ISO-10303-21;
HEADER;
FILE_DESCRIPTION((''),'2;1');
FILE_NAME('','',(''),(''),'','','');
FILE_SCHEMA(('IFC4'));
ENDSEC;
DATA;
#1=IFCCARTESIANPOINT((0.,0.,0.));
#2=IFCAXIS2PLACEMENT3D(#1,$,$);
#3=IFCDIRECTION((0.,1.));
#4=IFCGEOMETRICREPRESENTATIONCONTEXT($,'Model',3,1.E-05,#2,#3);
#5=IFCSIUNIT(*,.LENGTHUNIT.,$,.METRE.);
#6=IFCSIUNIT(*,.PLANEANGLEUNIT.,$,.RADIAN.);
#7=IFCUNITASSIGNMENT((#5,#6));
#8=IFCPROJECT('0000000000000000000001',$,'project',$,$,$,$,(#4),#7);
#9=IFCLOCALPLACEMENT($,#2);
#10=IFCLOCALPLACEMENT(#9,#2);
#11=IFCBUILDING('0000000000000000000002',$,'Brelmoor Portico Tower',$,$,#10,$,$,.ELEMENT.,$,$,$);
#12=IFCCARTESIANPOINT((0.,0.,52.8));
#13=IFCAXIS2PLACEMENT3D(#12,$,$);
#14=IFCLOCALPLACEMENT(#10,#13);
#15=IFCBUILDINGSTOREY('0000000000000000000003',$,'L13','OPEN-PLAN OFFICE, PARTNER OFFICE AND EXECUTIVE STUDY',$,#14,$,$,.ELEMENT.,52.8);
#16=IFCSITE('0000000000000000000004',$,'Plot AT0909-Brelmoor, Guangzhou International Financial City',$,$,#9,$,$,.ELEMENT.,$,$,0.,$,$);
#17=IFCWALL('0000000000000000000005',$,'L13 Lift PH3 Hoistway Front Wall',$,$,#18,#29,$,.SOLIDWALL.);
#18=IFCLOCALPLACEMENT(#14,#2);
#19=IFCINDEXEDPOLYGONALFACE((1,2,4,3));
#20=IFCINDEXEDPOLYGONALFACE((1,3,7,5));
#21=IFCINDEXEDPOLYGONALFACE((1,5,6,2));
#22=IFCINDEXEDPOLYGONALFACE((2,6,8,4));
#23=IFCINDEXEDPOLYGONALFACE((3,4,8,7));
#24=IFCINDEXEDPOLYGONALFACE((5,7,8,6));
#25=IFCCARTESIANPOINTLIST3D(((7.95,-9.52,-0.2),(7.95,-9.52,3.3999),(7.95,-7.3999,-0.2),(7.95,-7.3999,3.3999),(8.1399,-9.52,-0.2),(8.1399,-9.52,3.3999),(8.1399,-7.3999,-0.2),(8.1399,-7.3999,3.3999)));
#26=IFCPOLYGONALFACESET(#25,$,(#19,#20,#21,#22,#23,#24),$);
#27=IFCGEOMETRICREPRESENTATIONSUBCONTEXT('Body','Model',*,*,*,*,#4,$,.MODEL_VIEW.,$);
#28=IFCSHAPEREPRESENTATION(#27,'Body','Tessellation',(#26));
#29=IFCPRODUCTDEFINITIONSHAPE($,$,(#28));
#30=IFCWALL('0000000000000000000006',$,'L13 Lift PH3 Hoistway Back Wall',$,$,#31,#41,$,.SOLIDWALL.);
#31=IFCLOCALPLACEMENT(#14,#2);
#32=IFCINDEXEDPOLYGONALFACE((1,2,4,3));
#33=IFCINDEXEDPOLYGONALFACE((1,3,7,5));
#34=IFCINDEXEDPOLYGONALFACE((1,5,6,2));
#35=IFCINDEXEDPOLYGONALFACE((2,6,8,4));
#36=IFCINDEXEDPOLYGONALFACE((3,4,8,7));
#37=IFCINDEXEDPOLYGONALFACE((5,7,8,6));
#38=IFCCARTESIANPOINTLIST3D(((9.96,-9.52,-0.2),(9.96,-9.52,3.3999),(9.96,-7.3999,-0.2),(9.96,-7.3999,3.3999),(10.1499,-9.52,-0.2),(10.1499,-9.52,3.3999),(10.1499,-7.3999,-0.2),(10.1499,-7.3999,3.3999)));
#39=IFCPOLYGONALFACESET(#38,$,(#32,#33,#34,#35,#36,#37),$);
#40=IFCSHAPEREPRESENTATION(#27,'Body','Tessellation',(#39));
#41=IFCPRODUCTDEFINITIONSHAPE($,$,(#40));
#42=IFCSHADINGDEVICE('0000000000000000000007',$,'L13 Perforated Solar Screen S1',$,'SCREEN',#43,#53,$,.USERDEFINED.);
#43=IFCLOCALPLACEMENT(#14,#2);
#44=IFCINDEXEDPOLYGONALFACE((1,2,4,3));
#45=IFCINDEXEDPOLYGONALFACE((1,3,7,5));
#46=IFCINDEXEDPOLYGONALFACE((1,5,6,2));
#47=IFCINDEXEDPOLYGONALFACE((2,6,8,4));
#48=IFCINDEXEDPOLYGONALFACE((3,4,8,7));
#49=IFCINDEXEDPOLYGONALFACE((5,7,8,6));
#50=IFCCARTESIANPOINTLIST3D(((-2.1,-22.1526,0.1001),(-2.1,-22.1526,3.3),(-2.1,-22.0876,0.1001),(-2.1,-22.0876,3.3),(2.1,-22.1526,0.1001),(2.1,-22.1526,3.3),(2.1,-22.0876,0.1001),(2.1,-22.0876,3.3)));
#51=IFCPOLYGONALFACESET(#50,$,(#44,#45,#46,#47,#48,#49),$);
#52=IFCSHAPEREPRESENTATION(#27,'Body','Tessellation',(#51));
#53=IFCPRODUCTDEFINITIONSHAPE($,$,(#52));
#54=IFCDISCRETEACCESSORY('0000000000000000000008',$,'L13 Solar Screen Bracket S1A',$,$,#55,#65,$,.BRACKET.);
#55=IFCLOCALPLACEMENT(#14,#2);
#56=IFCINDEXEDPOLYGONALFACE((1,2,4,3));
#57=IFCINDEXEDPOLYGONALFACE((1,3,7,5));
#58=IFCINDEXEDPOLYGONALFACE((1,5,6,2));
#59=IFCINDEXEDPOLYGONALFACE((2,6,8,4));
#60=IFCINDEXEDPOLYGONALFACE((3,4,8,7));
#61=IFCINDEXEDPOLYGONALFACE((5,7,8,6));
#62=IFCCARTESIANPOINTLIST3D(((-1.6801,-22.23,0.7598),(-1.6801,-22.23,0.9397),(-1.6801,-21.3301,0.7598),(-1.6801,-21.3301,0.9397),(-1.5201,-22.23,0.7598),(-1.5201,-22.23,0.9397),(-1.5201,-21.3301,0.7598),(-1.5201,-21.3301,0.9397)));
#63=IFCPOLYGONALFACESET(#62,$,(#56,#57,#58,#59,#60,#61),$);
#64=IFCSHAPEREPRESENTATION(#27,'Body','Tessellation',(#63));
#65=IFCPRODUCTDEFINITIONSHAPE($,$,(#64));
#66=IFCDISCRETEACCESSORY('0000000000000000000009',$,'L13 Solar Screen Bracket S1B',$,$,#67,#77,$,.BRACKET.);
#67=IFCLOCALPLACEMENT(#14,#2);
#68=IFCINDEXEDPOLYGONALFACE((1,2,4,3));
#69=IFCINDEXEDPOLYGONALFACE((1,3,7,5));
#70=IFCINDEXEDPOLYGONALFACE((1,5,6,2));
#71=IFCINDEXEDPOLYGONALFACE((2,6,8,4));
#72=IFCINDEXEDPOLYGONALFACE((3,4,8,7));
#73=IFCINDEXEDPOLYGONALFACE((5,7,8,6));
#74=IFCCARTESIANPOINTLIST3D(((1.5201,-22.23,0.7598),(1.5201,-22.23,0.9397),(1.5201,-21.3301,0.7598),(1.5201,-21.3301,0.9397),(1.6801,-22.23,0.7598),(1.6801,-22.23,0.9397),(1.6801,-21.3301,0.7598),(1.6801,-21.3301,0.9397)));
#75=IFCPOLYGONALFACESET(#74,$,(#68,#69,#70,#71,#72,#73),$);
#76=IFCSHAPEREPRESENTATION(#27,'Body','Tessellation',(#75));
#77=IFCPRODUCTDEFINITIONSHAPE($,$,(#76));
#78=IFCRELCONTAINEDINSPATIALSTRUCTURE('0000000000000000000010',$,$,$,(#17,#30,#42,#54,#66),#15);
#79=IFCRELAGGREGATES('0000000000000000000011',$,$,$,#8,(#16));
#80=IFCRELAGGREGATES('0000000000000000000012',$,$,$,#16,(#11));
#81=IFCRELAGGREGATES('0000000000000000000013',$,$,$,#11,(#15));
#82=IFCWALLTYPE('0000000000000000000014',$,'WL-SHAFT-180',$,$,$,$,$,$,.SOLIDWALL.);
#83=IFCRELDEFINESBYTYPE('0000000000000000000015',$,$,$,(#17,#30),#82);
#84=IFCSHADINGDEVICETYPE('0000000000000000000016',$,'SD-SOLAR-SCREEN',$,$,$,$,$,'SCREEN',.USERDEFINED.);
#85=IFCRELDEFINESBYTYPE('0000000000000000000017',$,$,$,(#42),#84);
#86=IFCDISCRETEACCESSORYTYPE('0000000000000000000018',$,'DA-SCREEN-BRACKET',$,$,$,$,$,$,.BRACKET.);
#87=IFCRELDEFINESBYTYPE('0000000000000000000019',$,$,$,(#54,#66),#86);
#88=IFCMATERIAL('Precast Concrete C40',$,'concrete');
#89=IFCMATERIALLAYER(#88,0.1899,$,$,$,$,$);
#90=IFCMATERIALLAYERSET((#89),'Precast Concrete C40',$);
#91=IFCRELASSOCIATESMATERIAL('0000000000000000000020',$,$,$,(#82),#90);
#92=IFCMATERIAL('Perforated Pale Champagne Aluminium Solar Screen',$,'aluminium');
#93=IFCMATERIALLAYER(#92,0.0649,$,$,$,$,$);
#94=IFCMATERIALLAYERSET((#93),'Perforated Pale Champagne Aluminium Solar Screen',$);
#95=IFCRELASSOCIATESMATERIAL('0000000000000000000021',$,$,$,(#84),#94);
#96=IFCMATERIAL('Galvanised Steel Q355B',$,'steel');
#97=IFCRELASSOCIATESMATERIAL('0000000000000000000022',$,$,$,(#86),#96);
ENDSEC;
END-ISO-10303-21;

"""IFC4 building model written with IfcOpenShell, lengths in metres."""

from ifc_helpers import new_model, si_unit, direction, frame, frame_2d, origin, origin_2d, place, context, subcontext, project, spatial, rectangle, extrude, material, layer, layer_set, type_object, element, save


model = new_model("IFC4")

# Units and contexts
model_context = context("Model", 3, precision=1e-05, world=origin(), true_north=direction((0.0, 1.0)))
body_context = subcontext(model_context, "Body", "Model", "MODEL_VIEW")
ifc_project = project(units=[si_unit("LENGTHUNIT", "METRE"), si_unit("PLANEANGLEUNIT", "RADIAN")], contexts=[model_context])

# Site, building, storey
site_placement = place(None, origin())
site = spatial("IfcSite", under=ifc_project, at=site_placement, Name="Plot AT0909-Brelmoor, Guangzhou International Financial City", CompositionType="ELEMENT", RefElevation=0.0)
building_placement = place(site_placement, origin())
building = spatial("IfcBuilding", under=site, at=building_placement, Name="Brelmoor Portico Tower", CompositionType="ELEMENT")
storey_placement = place(building_placement, frame((0.0, 0.0, 52.8)))
storey = spatial("IfcBuildingStorey", under=building, at=storey_placement, Name="L13", Description="OPEN-PLAN OFFICE, PARTNER OFFICE AND EXECUTIVE STUDY", CompositionType="ELEMENT", Elevation=52.8)

# Walls
ifc_material_1 = material(Name="Precast Concrete C40", Category="concrete")
ifc_layer_1 = layer(ifc_material_1, 0.1899)
ifc_layer_set_1 = layer_set([ifc_layer_1], Name="Precast Concrete C40")
wall_type_1 = type_object("IfcWallType", Name="WL-SHAFT-180", PredefinedType="SOLIDWALL", material=ifc_layer_set_1)
for number, where, z_axis, x_axis, name in (
    (1, (8.0449, -9.52, -0.2), (0.0, 0.0, 1.0), (0.0, 1.0, 0.0), "L13 Lift PH3 Hoistway Front Wall"),
    (2, (10.0549, -9.52, -0.2), (0.0, 0.0, 1.0), (0.0, 1.0, 0.0), "L13 Lift PH3 Hoistway Back Wall"),
):
    element("IfcWall", number, at=place(storey_placement, frame(where, z_axis=z_axis, x_axis=x_axis)), inside=storey, type_object=wall_type_1, Name=name, PredefinedType="SOLIDWALL", context=body_context, shape_type="SweptSolid", body=[
        extrude(rectangle(XDim=2.1201, YDim=0.1899, at=frame_2d((1.0601, 0.0))), origin(), (0.0, 0.0, 1.0), 3.5999),
    ])

# Shading device
ifc_material_2 = material(Name="Perforated Pale Champagne Aluminium Solar Screen", Category="aluminium")
ifc_layer_2 = layer(ifc_material_2, 0.0649)
ifc_layer_set_2 = layer_set([ifc_layer_2], Name="Perforated Pale Champagne Aluminium Solar Screen")
shading_device_type = type_object("IfcShadingDeviceType", Name="SD-SOLAR-SCREEN", ElementType="SCREEN", PredefinedType="USERDEFINED", material=ifc_layer_set_2)
shading_device_placement = place(storey_placement, frame((0.0, -22.1201, 0.1001), z_axis=(0.0, 0.0, 1.0), x_axis=(1.0, 0.0, 0.0)))
element("IfcShadingDevice", 3, at=shading_device_placement, inside=storey, type_object=shading_device_type, Name="L13 Perforated Solar Screen S1", ObjectType="SCREEN", PredefinedType="USERDEFINED", context=body_context, shape_type="SweptSolid", body=[
    extrude(rectangle(XDim=4.2, YDim=0.0649, at=origin_2d()), origin(), (0.0, 0.0, 1.0), 3.2),
])

# Discrete accessories
ifc_material_3 = material(Name="Galvanised Steel Q355B", Category="steel")
discrete_accessory_type = type_object("IfcDiscreteAccessoryType", Name="DA-SCREEN-BRACKET", PredefinedType="BRACKET", material=ifc_material_3)
for number, where, z_axis, x_axis, name in (
    (4, (-1.6001, -21.78, 0.7598), (0.0, 0.0, 1.0), (1.0, 0.0, 0.0), "L13 Solar Screen Bracket S1A"),
    (5, (1.6001, -21.78, 0.7598), (0.0, 0.0, 1.0), (1.0, 0.0, 0.0), "L13 Solar Screen Bracket S1B"),
):
    element("IfcDiscreteAccessory", number, at=place(storey_placement, frame(where, z_axis=z_axis, x_axis=x_axis)), inside=storey, type_object=discrete_accessory_type, Name=name, PredefinedType="BRACKET", context=body_context, shape_type="SweptSolid", body=[
        extrude(rectangle(XDim=0.1599, YDim=0.8999, at=origin_2d()), origin(), (0.0, 0.0, 1.0), 0.1799),
    ])

save(model, "model.ifc")
